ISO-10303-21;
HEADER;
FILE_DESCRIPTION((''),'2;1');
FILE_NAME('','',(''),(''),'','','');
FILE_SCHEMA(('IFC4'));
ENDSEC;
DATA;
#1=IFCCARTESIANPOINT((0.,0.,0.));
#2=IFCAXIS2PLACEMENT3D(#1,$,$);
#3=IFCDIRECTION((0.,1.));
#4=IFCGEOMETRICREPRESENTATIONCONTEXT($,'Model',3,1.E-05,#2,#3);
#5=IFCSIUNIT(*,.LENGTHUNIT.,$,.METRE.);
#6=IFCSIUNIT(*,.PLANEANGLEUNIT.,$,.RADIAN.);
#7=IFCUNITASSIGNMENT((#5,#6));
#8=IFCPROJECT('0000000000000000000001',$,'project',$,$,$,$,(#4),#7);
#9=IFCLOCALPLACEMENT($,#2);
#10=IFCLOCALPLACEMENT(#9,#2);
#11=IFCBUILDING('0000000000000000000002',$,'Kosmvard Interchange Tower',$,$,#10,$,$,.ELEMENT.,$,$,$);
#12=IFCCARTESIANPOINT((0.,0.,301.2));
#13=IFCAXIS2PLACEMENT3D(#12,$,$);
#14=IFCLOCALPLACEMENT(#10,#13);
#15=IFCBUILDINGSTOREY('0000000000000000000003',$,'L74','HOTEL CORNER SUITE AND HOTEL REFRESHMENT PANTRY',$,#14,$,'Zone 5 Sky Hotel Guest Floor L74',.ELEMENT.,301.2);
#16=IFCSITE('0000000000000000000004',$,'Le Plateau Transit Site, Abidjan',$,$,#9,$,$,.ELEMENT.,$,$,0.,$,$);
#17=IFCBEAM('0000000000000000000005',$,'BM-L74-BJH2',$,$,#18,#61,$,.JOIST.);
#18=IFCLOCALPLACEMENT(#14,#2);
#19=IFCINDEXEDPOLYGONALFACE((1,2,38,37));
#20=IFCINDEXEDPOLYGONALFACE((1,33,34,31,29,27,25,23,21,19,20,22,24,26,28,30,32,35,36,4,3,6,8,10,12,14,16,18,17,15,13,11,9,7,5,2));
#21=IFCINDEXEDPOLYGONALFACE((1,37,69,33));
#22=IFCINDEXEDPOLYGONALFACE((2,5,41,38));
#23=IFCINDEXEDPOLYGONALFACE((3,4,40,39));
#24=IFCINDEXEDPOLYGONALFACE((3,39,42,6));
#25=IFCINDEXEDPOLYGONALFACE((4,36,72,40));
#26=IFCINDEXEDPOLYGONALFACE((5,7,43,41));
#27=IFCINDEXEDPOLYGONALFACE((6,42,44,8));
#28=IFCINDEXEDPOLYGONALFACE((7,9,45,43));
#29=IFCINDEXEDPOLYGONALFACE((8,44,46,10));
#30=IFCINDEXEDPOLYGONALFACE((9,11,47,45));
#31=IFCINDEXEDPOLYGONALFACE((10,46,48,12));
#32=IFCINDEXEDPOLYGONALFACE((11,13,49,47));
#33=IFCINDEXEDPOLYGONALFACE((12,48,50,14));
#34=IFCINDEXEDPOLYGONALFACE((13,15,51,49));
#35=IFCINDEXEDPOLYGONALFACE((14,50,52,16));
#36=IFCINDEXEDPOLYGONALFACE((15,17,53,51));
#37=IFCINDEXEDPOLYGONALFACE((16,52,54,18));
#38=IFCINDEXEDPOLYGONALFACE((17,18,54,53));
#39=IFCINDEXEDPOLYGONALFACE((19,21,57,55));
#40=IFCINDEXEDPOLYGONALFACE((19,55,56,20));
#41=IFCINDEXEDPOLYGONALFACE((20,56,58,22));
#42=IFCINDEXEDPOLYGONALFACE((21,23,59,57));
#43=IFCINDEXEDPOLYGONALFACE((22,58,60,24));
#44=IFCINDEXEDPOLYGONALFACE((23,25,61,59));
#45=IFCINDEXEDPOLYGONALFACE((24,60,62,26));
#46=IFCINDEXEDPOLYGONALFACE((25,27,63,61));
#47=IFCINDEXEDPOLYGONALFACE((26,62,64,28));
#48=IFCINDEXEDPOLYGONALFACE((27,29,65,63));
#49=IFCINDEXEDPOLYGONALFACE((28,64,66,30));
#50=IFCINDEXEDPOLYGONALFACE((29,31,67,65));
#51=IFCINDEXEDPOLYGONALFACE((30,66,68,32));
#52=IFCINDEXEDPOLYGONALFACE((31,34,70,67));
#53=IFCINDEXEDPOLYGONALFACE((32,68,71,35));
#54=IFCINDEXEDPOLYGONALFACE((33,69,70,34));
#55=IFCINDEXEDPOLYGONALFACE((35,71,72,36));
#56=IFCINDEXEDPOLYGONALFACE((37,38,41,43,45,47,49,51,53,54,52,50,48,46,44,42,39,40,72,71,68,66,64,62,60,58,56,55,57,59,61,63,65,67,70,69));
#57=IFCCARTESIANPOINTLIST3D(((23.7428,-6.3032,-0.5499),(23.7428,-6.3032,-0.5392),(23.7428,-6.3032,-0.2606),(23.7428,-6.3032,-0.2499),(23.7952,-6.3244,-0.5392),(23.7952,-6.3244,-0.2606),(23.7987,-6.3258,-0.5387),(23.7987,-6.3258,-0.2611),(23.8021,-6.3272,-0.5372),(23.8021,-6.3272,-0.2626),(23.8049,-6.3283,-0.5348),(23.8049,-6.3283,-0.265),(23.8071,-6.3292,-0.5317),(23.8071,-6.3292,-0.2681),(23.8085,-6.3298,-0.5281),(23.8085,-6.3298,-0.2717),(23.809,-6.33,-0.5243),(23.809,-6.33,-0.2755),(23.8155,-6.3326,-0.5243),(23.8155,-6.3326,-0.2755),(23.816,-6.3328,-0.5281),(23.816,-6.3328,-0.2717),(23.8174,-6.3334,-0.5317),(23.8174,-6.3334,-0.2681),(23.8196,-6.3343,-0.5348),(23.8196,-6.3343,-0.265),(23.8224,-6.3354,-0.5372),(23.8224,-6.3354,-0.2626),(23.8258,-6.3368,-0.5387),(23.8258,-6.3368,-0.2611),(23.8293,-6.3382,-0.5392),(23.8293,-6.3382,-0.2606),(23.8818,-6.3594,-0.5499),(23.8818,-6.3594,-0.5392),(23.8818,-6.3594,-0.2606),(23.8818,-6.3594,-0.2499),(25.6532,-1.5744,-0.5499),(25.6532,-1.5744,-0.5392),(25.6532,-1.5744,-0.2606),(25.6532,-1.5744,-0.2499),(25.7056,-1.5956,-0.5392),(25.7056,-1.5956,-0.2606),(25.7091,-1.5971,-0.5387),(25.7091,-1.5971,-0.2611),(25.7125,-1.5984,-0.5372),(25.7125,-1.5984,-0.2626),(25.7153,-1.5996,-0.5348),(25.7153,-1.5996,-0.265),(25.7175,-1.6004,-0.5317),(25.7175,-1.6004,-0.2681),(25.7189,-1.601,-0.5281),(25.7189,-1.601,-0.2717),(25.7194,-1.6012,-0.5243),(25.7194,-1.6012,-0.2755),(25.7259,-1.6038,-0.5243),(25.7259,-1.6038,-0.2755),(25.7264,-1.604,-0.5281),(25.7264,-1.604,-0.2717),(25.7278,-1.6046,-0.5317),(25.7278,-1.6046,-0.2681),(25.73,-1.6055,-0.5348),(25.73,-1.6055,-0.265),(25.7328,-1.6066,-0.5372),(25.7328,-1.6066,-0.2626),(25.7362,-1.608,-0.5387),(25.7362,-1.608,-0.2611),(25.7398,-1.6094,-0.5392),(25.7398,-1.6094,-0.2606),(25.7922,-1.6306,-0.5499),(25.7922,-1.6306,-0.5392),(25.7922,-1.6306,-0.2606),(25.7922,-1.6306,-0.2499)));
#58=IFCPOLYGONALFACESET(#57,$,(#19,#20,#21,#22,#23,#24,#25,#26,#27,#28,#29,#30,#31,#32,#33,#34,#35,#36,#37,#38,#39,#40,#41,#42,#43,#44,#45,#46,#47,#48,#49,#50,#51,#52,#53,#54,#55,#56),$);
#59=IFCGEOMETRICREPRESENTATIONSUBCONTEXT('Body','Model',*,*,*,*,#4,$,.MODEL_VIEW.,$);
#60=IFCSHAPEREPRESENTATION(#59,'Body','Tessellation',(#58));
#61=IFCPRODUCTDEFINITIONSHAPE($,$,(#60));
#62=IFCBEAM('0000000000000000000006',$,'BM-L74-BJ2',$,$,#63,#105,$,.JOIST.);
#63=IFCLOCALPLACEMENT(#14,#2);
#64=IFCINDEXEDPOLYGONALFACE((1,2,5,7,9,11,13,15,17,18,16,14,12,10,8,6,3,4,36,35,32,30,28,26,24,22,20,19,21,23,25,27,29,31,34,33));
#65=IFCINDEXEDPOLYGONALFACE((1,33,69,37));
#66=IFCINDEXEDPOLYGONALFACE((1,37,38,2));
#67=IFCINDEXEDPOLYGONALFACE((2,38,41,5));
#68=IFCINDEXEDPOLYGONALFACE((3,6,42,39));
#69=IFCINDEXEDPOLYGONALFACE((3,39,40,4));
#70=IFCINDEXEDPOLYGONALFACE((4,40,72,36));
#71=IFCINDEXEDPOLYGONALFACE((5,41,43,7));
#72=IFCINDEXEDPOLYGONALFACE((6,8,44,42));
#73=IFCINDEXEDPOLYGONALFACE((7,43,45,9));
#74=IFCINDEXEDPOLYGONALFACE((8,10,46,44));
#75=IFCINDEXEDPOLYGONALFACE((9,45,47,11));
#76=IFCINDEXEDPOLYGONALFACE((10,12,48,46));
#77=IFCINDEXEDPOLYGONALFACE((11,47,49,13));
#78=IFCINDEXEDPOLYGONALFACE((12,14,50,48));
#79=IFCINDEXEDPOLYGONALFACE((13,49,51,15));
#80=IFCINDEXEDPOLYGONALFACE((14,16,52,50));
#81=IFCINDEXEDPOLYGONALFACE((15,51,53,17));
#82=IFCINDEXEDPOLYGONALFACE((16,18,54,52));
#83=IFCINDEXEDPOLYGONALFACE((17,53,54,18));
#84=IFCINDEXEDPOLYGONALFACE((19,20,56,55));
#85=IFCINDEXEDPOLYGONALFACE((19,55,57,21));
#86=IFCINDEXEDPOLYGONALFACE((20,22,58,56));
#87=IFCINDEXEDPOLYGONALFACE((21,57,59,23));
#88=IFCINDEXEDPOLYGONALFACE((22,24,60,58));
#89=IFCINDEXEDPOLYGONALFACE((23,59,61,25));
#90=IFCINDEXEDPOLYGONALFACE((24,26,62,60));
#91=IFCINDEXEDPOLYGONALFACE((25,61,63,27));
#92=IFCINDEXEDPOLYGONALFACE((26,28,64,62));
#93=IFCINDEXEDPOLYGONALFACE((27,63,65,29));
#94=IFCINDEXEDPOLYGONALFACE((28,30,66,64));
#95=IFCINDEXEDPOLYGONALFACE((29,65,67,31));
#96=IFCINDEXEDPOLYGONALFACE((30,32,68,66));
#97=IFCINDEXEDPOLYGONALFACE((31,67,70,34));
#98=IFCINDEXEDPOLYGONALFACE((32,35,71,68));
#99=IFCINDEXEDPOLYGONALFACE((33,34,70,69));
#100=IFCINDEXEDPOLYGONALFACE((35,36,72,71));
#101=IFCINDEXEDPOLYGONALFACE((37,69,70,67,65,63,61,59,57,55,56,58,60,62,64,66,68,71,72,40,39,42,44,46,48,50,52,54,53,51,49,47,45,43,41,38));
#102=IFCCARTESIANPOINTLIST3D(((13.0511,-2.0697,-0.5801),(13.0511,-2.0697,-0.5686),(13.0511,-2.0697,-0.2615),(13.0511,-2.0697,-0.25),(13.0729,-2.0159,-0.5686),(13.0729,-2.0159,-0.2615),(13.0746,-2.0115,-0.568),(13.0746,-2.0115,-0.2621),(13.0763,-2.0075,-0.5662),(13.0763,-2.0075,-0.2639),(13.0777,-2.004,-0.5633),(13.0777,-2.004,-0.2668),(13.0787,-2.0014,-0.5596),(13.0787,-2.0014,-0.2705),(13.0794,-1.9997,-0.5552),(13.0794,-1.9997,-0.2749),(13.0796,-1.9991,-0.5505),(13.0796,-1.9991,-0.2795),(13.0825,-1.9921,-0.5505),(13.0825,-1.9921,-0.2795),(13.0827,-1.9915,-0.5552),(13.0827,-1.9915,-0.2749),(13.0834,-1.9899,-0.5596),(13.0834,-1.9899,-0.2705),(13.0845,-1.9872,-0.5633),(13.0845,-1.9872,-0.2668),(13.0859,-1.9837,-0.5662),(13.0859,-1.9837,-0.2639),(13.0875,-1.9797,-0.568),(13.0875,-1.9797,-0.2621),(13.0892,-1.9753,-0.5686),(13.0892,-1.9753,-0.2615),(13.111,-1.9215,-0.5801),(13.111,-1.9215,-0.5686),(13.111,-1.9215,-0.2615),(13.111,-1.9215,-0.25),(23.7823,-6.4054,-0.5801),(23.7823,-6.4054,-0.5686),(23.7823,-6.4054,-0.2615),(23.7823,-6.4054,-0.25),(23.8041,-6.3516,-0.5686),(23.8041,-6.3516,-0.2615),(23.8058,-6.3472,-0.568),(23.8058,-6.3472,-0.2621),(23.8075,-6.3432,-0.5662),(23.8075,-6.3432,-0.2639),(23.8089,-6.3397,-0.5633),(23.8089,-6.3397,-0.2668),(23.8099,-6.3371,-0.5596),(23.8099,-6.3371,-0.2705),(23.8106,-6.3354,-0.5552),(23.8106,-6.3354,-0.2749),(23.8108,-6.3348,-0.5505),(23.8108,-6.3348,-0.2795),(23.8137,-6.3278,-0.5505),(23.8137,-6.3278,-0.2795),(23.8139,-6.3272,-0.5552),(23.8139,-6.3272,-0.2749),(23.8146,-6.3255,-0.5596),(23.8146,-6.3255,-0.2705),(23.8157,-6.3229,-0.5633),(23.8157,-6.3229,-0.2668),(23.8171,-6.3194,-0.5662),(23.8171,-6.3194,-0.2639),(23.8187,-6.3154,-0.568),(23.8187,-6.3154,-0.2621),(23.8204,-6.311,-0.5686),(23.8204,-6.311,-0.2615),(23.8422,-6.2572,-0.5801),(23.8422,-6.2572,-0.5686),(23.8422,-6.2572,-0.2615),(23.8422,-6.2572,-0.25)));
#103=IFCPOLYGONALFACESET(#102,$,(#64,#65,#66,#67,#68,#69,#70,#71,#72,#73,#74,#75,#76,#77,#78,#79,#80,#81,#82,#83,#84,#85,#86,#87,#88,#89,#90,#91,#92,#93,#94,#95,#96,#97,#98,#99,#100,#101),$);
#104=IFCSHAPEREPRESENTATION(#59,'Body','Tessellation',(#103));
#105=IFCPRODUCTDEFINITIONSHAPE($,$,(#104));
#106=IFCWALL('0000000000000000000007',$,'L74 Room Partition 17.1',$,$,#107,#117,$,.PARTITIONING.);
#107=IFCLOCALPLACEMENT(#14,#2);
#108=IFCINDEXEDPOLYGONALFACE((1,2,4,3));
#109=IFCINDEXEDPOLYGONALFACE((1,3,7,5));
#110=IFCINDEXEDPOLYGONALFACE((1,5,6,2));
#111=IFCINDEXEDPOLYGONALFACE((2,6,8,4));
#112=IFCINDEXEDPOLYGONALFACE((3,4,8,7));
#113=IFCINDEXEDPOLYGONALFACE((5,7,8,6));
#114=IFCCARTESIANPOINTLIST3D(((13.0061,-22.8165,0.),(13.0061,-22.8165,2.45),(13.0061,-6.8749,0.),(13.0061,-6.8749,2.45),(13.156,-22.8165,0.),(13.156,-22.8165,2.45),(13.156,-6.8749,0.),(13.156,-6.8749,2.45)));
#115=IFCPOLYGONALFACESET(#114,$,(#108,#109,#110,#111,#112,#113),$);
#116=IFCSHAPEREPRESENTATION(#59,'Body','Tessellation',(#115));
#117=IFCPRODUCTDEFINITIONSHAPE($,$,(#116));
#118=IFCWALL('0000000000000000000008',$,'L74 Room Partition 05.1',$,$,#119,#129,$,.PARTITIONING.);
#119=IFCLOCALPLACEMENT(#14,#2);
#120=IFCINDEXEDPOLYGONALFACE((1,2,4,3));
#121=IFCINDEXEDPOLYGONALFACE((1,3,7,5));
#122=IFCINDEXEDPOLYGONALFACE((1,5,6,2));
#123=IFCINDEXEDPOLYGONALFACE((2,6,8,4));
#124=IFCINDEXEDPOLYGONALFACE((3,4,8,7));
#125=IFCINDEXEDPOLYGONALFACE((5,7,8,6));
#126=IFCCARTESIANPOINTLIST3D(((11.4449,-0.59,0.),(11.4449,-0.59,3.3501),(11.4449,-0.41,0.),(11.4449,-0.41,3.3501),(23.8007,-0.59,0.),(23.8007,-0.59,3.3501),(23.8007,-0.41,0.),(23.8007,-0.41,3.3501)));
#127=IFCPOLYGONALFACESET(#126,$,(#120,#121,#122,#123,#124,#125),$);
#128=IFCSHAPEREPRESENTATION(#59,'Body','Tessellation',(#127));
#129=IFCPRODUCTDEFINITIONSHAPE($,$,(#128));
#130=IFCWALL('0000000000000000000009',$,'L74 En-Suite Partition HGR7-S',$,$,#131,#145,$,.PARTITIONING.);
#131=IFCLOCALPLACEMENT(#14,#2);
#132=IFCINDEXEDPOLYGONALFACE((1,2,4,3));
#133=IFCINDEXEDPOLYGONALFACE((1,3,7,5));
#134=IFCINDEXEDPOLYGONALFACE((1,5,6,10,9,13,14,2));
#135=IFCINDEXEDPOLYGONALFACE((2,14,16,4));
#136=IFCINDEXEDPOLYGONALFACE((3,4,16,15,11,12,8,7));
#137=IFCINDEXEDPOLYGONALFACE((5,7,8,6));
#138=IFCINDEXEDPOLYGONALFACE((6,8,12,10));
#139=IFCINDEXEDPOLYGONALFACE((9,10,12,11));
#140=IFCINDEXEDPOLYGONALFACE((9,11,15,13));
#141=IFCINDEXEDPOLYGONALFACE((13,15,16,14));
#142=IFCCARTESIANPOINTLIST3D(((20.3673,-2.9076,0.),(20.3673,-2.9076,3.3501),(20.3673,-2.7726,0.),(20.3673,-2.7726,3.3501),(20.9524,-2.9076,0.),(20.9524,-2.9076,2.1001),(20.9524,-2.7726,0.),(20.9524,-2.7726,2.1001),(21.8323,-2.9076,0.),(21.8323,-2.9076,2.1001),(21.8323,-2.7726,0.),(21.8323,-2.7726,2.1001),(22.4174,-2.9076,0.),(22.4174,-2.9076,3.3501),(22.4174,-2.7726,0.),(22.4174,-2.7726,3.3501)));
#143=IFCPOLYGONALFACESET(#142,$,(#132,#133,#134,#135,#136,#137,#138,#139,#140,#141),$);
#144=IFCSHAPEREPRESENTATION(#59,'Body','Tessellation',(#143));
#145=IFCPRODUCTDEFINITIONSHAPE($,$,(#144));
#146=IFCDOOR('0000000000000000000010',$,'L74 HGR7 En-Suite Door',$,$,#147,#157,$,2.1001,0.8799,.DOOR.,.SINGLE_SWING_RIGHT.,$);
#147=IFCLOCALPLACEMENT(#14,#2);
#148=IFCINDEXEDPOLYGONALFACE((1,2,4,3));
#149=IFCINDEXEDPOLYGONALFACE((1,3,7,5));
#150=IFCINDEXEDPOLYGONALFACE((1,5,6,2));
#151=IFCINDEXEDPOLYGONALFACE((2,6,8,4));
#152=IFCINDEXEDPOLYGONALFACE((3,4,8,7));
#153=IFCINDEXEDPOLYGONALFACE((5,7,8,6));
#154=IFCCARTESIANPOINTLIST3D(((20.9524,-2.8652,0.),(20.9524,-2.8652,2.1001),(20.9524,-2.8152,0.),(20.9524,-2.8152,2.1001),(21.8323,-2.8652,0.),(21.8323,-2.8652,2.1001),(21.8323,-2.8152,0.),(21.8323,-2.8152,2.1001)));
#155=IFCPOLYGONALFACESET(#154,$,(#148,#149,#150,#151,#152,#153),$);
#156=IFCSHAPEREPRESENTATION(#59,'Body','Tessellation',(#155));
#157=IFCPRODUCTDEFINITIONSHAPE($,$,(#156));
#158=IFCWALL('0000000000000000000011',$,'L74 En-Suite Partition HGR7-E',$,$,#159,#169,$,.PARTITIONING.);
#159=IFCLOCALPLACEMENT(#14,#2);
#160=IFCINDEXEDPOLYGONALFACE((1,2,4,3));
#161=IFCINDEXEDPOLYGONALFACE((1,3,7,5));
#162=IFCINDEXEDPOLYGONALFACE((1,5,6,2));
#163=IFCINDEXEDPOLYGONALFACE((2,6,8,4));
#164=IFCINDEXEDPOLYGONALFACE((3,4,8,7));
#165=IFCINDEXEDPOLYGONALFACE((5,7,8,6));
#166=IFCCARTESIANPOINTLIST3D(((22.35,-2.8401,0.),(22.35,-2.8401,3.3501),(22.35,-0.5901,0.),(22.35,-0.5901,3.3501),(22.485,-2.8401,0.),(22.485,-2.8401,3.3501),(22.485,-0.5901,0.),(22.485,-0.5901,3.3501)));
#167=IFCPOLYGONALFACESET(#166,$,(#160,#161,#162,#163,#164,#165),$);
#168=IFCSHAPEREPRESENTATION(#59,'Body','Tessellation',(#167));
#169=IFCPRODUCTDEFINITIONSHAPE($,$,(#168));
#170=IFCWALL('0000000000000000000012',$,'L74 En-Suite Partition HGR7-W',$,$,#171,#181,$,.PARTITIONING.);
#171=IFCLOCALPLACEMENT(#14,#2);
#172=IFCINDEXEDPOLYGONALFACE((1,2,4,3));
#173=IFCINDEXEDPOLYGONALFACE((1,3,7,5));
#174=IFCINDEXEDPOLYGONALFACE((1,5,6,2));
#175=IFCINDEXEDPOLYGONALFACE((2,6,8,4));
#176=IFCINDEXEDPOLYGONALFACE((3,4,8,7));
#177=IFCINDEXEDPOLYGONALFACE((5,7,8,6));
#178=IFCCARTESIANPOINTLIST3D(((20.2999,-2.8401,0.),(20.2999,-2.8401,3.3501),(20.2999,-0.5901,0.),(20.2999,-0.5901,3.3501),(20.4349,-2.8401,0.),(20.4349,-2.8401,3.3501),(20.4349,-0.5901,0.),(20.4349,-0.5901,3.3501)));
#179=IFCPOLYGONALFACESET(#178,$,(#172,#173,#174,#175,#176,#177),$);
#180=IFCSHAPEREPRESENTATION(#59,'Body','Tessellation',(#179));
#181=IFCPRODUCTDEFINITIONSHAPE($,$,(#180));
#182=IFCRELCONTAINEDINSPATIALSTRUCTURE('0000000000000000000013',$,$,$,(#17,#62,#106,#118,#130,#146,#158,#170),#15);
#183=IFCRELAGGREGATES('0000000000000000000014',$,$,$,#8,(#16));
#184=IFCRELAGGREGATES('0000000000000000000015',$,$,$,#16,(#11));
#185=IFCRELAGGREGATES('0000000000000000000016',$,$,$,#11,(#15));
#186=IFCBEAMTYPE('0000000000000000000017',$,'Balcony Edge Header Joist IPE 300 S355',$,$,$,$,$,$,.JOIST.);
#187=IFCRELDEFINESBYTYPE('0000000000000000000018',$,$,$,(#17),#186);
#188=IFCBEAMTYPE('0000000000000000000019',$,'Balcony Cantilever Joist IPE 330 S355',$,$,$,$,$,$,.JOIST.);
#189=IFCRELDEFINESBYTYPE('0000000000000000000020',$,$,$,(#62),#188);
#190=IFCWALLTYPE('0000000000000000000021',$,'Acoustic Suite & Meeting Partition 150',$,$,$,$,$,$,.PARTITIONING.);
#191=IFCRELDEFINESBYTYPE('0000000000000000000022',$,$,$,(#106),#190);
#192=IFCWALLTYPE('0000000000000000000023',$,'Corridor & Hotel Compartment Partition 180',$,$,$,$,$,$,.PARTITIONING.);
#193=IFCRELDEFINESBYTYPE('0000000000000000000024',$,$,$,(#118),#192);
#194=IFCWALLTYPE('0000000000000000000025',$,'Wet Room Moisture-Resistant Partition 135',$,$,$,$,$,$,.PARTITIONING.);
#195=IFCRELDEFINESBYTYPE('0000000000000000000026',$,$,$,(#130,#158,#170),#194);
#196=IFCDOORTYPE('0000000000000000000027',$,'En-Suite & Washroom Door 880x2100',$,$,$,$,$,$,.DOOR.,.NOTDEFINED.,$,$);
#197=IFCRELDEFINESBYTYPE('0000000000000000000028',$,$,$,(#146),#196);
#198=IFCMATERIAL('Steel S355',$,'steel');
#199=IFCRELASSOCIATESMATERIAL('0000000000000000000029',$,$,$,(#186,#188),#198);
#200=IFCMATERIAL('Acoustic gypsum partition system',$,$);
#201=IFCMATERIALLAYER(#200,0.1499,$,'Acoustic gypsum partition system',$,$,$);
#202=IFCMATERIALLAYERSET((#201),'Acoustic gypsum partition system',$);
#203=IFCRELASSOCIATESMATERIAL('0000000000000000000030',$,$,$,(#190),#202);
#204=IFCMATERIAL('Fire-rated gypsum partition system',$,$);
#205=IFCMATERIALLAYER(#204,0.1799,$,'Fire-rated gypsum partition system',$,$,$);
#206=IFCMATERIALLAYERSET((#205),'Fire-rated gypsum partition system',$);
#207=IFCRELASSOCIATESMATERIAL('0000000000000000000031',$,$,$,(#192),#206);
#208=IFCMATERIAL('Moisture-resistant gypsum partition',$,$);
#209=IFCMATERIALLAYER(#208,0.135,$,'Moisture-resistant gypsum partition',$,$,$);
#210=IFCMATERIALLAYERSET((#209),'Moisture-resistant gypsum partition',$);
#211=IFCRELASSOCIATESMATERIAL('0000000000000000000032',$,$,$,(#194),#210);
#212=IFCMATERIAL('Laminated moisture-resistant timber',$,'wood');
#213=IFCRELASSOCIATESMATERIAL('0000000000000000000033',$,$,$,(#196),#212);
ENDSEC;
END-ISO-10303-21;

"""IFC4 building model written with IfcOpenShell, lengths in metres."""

from ifc_helpers import new_model, si_unit, direction, frame, frame_2d, origin, origin_2d, place, context, subcontext, project, spatial, rectangle, i_section, extrude, source, transform, mapped, material, layer, layer_set, material_profile, profile_set, type_object, element, fill, save


model = new_model("IFC4")

# Units and contexts
model_context = context("Model", 3, precision=1e-05, world=origin(), true_north=direction((0.0, 1.0)))
body_context = subcontext(model_context, "Body", "Model", "MODEL_VIEW")
ifc_project = project(units=[si_unit("LENGTHUNIT", "METRE"), si_unit("PLANEANGLEUNIT", "RADIAN")], contexts=[model_context])

# Site, building, storey
site_placement = place(None, origin())
site = spatial("IfcSite", under=ifc_project, at=site_placement, Name="Le Plateau Transit Site, Abidjan", CompositionType="ELEMENT", RefElevation=0.0)
building_placement = place(site_placement, origin())
building = spatial("IfcBuilding", under=site, at=building_placement, Name="Kosmvard Interchange Tower", CompositionType="ELEMENT")
storey_placement = place(building_placement, frame((0.0, 0.0, 301.2)))
storey = spatial("IfcBuildingStorey", under=building, at=storey_placement, Name="L74", Description="HOTEL CORNER SUITE AND HOTEL REFRESHMENT PANTRY", LongName="Zone 5 Sky Hotel Guest Floor L74", CompositionType="ELEMENT", Elevation=301.2)

# Beams
ifc_material_1 = material(Name="Steel S355", Category="steel")
ifc_material_profile_1 = material_profile(ifc_material_1, i_section(OverallWidth=0.1499, OverallDepth=0.3, WebThickness=0.0071, FlangeThickness=0.0107, FilletRadius=0.0149, at=origin_2d()), Name="IPE 300")
ifc_profile_set_1 = profile_set([ifc_material_profile_1], Name="Steel S355")
beam_type_1 = type_object("IfcBeamType", Name="Balcony Edge Header Joist IPE 300 S355", PredefinedType="JOIST", material=ifc_profile_set_1)
shared_shape_1 = source(origin(), body_context, "Body", "SweptSolid", [
    extrude(i_section(OverallWidth=0.1499, OverallDepth=0.3, WebThickness=0.0071, FlangeThickness=0.0107, FilletRadius=0.0149, at=origin_2d()), origin(), (0.0, 0.0, 1.0), 5.1001),
])
beam_1_placement = place(storey_placement, frame((23.8123, -6.3313, -0.3999), z_axis=(0.374583, 0.927194, 0.0), x_axis=(-0.927194, 0.374583, 0.0)))
element("IfcBeam", 1, at=beam_1_placement, inside=storey, type_object=beam_type_1, Name="BM-L74-BJH2", PredefinedType="JOIST", context=body_context, shape_type="MappedRepresentation", body=[
    mapped(shared_shape_1, transform((0.0, 0.0, 0.0), scale=1.0)),
])
ifc_material_profile_2 = material_profile(ifc_material_1, i_section(OverallWidth=0.1599, OverallDepth=0.3301, WebThickness=0.0076, FlangeThickness=0.0115, FilletRadius=0.0181, at=origin_2d()), Name="IPE 330")
ifc_profile_set_2 = profile_set([ifc_material_profile_2], Name="Steel S355")
beam_type_2 = type_object("IfcBeamType", Name="Balcony Cantilever Joist IPE 330 S355", PredefinedType="JOIST", material=ifc_profile_set_2)
shared_shape_2 = source(origin(), body_context, "Body", "SweptSolid", [
    extrude(i_section(OverallWidth=0.1599, OverallDepth=0.3301, WebThickness=0.0076, FlangeThickness=0.0115, FilletRadius=0.0181, at=origin_2d()), origin(), (0.0, 0.0, 1.0), 11.574),
])
beam_2_placement = place(storey_placement, frame((13.0811, -1.9956, -0.415), z_axis=(0.927184, -0.374607, 0.0), x_axis=(0.374607, 0.927184, 0.0)))
element("IfcBeam", 2, at=beam_2_placement, inside=storey, type_object=beam_type_2, Name="BM-L74-BJ2", PredefinedType="JOIST", context=body_context, shape_type="MappedRepresentation", body=[
    mapped(shared_shape_2, transform((0.0, 0.0, 0.0), scale=1.0)),
])

# Walls
ifc_material_2 = material(Name="Acoustic gypsum partition system")
ifc_layer_1 = layer(ifc_material_2, 0.1499, Name="Acoustic gypsum partition system")
ifc_layer_set_1 = layer_set([ifc_layer_1], Name="Acoustic gypsum partition system")
wall_type_1 = type_object("IfcWallType", Name="Acoustic Suite & Meeting Partition 150", PredefinedType="PARTITIONING", material=ifc_layer_set_1)
wall_1_placement = place(storey_placement, frame((13.0811, -6.875, 0.0), z_axis=(0.0, 0.0, 1.0), x_axis=(0.0, -1.0, 0.0)))
element("IfcWall", 3, at=wall_1_placement, inside=storey, type_object=wall_type_1, Name="L74 Room Partition 17.1", PredefinedType="PARTITIONING", context=body_context, shape_type="SweptSolid", body=[
    extrude(rectangle(XDim=15.9417, YDim=0.1499, at=frame_2d((7.9707, 0.0))), origin(), (0.0, 0.0, 1.0), 2.45),
])
ifc_material_3 = material(Name="Fire-rated gypsum partition system")
ifc_layer_2 = layer(ifc_material_3, 0.1799, Name="Fire-rated gypsum partition system")
ifc_layer_set_2 = layer_set([ifc_layer_2], Name="Fire-rated gypsum partition system")
wall_type_2 = type_object("IfcWallType", Name="Corridor & Hotel Compartment Partition 180", PredefinedType="PARTITIONING", material=ifc_layer_set_2)
wall_2_placement = place(storey_placement, frame((11.4451, -0.5, 0.0), z_axis=(0.0, 0.0, 1.0), x_axis=(1.0, 0.0, 0.0)))
element("IfcWall", 4, at=wall_2_placement, inside=storey, type_object=wall_type_2, Name="L74 Room Partition 05.1", PredefinedType="PARTITIONING", context=body_context, shape_type="SweptSolid", body=[
    extrude(rectangle(XDim=12.3557, YDim=0.1799, at=frame_2d((6.1777, 0.0))), origin(), (0.0, 0.0, 1.0), 3.3501),
])

# Wall, opening, door
ifc_material_4 = material(Name="Moisture-resistant gypsum partition")
ifc_layer_3 = layer(ifc_material_4, 0.135, Name="Moisture-resistant gypsum partition")
ifc_layer_set_3 = layer_set([ifc_layer_3], Name="Moisture-resistant gypsum partition")
wall_type_3 = type_object("IfcWallType", Name="Wet Room Moisture-Resistant Partition 135", PredefinedType="PARTITIONING", material=ifc_layer_set_3)
wall_3_placement = place(storey_placement, frame((20.3674, -2.8401, 0.0), z_axis=(0.0, 0.0, 1.0), x_axis=(1.0, 0.0, 0.0)))
wall_3 = element("IfcWall", 5, at=wall_3_placement, inside=storey, type_object=wall_type_3, Name="L74 En-Suite Partition HGR7-S", PredefinedType="PARTITIONING", context=body_context, shape_type="SweptSolid", body=[
    extrude(rectangle(XDim=2.05, YDim=0.135, at=frame_2d((1.0249, 0.0))), origin(), (0.0, 0.0, 1.0), 3.3501),
])
opening_1_placement = place(wall_3_placement, frame((0.585, 0.0, 0.0)))
opening_1 = element("IfcOpeningElement", 6, at=opening_1_placement, cuts=wall_3, PredefinedType="OPENING", context=body_context, shape_type="SweptSolid", body=[
    extrude(rectangle(XDim=0.8799, YDim=2.1001, at=frame_2d((0.4399, 1.05))), frame((0.0, 0.0776, 0.0), z_axis=(0.0, -1.0, 0.0), x_axis=(1.0, 0.0, 0.0)), (0.0, 0.0, 1.0), 0.155),
])
ifc_material_5 = material(Name="Laminated moisture-resistant timber", Category="wood")
door_type = type_object("IfcDoorType", Name="En-Suite & Washroom Door 880x2100", OperationType="NOTDEFINED", PredefinedType="DOOR", material=ifc_material_5)
shared_shape_3 = source(origin(), body_context, "Body", "SweptSolid", [
    extrude(rectangle(XDim=0.8799, YDim=2.1001, at=frame_2d((0.4399, 1.05))), frame((0.0, 0.0249, 0.0), z_axis=(0.0, -1.0, 0.0), x_axis=(1.0, 0.0, 0.0)), (0.0, 0.0, 1.0), 0.05),
])
door_1_placement = place(opening_1_placement, origin())
door_1 = element("IfcDoor", 7, at=door_1_placement, inside=storey, type_object=door_type, Name="L74 HGR7 En-Suite Door", OperationType="SINGLE_SWING_RIGHT", OverallHeight=2.1001, OverallWidth=0.8799, PredefinedType="DOOR", context=body_context, shape_type="MappedRepresentation", body=[
    mapped(shared_shape_3, transform((0.0, 0.0, 0.0), scale=1.0)),
])
fill(opening_1, door_1)

# Walls
for number, where, z_axis, x_axis, name in (
    (8, (22.4175, -2.8401, 0.0), (0.0, 0.0, 1.0), (0.0, 1.0, 0.0), "L74 En-Suite Partition HGR7-E"),
    (9, (20.3674, -2.8401, 0.0), (0.0, 0.0, 1.0), (0.0, 1.0, 0.0), "L74 En-Suite Partition HGR7-W"),
):
    element("IfcWall", number, at=place(storey_placement, frame(where, z_axis=z_axis, x_axis=x_axis)), inside=storey, type_object=wall_type_3, Name=name, PredefinedType="PARTITIONING", context=body_context, shape_type="SweptSolid", body=[
        extrude(rectangle(XDim=2.25, YDim=0.135, at=frame_2d((1.125, 0.0))), origin(), (0.0, 0.0, 1.0), 3.3501),
    ])

save(model, "model.ifc")
